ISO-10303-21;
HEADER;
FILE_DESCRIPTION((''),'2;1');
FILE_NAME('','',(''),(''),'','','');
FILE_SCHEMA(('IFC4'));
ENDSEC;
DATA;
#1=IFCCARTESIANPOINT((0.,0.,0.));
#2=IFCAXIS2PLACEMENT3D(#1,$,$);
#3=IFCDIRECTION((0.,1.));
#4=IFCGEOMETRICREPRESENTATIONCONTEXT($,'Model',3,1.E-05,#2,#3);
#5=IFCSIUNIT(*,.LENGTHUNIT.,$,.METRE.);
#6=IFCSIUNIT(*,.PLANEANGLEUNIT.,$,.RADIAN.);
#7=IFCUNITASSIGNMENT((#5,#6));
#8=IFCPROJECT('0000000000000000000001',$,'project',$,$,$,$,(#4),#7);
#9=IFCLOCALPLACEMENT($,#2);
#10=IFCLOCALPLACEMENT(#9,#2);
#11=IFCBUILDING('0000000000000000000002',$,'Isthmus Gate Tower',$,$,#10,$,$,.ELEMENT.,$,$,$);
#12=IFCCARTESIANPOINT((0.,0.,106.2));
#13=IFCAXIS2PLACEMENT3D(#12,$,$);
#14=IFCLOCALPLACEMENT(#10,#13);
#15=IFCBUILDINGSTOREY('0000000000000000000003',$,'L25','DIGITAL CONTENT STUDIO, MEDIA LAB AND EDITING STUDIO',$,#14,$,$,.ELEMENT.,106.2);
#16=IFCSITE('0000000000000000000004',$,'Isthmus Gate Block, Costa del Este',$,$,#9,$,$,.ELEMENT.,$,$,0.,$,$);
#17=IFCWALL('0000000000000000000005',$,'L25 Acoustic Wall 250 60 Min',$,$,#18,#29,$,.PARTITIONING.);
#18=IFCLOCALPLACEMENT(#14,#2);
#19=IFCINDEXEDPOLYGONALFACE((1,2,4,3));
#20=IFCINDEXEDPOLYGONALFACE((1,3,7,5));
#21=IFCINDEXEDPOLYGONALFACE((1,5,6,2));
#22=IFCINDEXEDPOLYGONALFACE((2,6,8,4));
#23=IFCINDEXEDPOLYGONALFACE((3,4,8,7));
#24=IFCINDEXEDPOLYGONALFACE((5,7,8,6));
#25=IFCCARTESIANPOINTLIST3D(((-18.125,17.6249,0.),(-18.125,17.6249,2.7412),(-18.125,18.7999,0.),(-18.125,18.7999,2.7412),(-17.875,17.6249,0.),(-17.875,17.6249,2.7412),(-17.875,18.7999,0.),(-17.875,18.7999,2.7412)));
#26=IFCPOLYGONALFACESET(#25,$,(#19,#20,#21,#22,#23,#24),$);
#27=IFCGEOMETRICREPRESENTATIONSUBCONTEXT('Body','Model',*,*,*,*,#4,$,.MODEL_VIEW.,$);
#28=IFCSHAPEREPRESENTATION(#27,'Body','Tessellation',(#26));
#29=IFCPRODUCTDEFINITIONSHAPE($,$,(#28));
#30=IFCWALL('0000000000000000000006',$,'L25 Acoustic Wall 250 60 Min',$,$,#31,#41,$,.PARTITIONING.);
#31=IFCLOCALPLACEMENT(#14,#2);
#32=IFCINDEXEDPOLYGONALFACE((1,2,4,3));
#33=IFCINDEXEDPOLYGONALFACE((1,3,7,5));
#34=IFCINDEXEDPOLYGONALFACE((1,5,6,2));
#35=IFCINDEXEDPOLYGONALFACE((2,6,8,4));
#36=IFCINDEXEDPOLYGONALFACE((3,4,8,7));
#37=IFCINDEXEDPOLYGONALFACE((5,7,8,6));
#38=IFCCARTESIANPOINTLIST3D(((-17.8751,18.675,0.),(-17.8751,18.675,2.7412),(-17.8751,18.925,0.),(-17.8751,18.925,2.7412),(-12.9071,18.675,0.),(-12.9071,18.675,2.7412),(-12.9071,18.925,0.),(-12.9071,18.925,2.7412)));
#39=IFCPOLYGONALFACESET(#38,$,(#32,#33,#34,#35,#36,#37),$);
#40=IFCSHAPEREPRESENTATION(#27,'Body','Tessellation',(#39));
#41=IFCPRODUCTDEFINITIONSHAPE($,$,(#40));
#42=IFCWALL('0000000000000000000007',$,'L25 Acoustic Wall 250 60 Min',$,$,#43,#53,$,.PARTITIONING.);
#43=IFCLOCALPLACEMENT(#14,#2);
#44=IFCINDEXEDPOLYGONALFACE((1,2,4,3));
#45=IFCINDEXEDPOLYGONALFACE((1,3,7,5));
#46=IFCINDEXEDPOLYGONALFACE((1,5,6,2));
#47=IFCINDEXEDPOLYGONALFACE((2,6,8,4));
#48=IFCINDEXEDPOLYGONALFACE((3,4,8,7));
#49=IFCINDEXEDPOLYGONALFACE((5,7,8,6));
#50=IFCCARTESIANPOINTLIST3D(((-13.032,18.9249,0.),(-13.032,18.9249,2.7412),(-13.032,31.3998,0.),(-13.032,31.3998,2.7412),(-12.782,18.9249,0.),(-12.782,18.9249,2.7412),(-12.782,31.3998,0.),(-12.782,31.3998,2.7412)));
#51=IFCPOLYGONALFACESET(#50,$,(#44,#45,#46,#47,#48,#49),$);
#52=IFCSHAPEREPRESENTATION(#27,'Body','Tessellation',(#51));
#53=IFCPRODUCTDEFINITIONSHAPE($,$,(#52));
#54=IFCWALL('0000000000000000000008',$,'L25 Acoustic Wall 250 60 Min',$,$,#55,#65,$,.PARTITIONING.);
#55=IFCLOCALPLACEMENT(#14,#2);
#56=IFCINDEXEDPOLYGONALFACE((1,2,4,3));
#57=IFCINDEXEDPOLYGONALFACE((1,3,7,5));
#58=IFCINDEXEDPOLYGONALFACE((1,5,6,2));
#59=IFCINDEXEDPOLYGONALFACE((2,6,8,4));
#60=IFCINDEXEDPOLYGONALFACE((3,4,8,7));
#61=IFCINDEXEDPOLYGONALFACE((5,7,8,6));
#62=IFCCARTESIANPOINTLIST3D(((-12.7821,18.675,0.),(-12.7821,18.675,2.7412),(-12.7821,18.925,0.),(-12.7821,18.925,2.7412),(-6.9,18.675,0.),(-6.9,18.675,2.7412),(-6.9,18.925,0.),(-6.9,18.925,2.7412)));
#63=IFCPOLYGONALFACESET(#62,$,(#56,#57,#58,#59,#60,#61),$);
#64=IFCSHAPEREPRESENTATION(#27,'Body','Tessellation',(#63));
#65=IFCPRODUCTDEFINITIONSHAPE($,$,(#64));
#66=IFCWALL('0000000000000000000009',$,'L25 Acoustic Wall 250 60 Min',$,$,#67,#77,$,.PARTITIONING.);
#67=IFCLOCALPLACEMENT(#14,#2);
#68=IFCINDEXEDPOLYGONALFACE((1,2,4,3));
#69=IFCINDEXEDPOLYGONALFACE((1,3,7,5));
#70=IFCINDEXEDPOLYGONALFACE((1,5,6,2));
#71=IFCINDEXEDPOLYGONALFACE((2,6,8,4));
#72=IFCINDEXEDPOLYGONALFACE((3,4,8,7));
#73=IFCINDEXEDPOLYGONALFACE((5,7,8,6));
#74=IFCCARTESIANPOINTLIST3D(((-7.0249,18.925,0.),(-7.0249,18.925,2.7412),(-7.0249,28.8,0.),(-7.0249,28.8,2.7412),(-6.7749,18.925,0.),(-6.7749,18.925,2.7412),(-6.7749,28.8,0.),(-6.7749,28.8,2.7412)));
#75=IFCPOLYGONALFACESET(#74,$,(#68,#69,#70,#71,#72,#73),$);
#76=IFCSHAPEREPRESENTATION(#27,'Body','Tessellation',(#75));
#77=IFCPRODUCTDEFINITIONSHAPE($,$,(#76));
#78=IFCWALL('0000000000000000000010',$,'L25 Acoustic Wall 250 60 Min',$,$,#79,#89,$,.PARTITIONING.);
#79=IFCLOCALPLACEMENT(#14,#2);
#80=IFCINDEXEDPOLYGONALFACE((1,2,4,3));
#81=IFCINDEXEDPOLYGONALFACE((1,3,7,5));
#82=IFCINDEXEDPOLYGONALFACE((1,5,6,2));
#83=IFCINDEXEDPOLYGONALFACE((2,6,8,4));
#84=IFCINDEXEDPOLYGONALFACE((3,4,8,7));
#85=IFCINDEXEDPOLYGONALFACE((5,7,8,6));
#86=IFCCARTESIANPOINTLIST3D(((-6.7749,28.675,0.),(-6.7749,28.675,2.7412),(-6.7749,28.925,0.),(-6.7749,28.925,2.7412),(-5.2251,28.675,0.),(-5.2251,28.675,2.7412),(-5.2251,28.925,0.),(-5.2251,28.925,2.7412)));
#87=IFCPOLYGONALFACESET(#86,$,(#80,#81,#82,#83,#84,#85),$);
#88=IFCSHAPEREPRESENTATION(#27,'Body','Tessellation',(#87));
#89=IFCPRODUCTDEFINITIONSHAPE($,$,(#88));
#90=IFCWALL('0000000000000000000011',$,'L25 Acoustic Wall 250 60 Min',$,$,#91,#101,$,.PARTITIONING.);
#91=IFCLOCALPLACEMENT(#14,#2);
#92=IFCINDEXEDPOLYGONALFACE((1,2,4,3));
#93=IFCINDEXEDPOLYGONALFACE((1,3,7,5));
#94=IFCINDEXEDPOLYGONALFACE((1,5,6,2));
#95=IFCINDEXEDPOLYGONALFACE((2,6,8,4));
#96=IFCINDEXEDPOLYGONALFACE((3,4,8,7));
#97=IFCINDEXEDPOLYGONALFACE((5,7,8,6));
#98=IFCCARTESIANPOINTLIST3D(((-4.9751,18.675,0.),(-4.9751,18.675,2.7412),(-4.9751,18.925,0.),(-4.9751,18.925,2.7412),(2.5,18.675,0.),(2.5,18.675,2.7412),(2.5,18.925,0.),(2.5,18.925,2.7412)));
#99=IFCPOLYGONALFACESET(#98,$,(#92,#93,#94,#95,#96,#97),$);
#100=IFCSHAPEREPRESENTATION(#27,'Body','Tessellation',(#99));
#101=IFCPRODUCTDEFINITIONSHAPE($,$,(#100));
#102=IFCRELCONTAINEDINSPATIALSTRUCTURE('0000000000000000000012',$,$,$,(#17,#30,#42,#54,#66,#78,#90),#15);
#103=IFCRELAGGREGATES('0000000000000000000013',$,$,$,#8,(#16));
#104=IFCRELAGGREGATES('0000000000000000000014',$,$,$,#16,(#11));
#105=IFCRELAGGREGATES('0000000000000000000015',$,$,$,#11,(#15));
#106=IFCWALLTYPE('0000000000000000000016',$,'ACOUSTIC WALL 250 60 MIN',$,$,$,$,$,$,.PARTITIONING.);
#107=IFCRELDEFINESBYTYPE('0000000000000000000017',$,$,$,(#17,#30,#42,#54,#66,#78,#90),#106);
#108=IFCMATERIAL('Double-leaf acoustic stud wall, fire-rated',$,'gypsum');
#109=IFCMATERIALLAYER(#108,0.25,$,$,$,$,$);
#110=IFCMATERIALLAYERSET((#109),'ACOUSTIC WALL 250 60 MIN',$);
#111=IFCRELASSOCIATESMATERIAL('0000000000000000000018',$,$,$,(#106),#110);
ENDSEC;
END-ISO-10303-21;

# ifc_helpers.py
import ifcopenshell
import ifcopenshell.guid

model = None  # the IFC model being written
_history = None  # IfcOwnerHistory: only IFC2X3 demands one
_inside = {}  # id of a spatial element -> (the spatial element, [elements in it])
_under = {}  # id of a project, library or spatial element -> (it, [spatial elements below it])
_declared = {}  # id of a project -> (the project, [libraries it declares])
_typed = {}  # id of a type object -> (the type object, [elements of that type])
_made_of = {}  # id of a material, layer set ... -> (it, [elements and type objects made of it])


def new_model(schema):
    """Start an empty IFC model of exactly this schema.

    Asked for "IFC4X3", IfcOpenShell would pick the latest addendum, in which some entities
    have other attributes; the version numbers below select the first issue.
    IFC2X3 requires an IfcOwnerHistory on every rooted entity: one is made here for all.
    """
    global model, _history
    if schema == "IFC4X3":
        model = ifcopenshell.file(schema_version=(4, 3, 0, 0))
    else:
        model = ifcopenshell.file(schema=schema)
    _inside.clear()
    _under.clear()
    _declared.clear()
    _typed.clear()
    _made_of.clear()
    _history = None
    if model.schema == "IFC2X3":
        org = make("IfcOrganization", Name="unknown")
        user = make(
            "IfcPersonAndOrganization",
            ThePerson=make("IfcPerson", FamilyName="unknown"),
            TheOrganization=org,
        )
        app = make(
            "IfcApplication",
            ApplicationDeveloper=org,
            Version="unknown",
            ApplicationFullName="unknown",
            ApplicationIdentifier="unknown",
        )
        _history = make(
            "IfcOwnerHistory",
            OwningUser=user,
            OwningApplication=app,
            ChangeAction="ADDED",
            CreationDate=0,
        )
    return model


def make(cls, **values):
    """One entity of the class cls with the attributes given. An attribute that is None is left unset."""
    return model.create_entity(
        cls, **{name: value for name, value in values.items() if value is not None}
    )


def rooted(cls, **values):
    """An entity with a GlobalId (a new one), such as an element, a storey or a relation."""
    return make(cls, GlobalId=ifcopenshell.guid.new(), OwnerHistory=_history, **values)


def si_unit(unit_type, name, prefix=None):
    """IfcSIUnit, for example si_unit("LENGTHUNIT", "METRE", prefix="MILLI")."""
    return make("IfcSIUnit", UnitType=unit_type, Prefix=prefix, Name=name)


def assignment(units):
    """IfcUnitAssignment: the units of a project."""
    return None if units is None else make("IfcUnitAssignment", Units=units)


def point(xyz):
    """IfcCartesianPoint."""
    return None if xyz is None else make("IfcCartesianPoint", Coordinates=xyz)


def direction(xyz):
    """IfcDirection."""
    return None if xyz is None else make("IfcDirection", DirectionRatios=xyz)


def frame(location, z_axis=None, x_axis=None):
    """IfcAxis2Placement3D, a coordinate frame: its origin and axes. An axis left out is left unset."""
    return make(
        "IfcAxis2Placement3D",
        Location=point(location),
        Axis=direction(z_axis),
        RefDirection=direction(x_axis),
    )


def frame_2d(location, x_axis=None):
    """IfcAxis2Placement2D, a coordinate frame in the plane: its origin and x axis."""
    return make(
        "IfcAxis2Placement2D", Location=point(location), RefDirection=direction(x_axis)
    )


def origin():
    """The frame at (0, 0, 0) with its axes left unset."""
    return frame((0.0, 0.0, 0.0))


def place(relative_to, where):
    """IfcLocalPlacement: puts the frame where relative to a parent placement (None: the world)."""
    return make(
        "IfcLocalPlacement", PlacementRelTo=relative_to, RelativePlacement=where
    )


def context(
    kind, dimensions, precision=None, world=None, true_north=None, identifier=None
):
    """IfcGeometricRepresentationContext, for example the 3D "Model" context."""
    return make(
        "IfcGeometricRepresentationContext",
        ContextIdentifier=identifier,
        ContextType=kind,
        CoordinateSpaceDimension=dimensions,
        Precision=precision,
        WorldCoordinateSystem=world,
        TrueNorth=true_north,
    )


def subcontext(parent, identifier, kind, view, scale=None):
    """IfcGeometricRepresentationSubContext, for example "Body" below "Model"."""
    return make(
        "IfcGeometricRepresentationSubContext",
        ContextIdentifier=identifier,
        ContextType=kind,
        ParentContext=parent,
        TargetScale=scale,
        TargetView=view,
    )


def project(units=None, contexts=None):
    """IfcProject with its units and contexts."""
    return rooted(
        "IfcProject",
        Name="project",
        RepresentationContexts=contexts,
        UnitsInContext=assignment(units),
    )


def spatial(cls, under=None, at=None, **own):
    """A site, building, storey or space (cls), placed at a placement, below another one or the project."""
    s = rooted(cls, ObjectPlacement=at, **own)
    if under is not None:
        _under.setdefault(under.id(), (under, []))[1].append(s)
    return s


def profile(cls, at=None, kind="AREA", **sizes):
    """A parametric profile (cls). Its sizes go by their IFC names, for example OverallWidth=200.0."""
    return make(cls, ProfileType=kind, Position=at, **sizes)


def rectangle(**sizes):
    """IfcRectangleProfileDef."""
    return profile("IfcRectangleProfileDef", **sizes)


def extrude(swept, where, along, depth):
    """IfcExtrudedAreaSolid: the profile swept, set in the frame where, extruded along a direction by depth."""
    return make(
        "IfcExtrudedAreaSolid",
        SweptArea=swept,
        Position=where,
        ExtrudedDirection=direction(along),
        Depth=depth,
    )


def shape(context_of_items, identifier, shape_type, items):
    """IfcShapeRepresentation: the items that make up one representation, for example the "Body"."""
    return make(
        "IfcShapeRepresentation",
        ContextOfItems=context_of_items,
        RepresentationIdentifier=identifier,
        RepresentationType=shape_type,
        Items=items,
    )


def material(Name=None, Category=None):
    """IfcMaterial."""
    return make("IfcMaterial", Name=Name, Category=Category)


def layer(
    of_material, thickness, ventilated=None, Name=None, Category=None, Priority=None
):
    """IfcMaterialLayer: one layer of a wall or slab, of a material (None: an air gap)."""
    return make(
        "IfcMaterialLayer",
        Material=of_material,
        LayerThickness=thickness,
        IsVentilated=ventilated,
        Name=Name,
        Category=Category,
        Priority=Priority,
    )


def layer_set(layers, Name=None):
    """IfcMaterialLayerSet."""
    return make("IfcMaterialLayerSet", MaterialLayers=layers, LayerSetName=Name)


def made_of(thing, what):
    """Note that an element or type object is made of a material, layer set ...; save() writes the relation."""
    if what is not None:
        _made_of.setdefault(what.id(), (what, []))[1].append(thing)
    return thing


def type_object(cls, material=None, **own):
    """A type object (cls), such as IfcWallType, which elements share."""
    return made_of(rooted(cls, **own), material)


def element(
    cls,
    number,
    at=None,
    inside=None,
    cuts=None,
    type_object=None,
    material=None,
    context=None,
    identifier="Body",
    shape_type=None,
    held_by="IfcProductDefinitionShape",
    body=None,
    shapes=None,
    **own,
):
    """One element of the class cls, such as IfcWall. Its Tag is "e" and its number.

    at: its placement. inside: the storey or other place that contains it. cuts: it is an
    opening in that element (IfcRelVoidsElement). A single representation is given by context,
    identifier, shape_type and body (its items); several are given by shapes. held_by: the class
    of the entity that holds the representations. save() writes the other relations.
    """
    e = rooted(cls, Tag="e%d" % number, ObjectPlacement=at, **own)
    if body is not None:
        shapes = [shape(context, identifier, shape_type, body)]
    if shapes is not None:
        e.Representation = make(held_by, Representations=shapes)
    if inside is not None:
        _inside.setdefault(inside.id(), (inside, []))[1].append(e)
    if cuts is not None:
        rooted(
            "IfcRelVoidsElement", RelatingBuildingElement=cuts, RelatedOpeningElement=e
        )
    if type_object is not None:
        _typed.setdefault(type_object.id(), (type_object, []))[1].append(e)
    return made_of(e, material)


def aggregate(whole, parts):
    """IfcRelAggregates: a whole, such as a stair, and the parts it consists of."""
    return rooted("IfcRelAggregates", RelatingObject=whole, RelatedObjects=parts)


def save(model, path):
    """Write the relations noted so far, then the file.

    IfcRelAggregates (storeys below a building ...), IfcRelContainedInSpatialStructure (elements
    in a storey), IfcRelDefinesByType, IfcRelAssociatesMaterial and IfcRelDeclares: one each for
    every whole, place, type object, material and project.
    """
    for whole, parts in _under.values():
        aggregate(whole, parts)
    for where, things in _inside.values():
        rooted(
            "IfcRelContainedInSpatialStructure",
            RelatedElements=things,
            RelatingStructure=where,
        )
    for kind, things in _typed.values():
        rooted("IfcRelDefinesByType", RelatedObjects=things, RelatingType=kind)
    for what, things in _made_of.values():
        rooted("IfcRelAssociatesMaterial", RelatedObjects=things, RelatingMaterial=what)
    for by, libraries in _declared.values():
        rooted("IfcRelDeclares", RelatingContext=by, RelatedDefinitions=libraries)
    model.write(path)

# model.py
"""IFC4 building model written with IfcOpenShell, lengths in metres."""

from ifc_helpers import new_model, si_unit, direction, frame, frame_2d, origin, place, context, subcontext, project, spatial, rectangle, extrude, material, layer, layer_set, type_object, element, save


model = new_model("IFC4")

# Units and contexts
model_context = context("Model", 3, precision=1e-05, world=origin(), true_north=direction((0.0, 1.0)))
body_context = subcontext(model_context, "Body", "Model", "MODEL_VIEW")
ifc_project = project(units=[si_unit("LENGTHUNIT", "METRE"), si_unit("PLANEANGLEUNIT", "RADIAN")], contexts=[model_context])

# Site, building, storey
site_placement = place(None, origin())
site = spatial("IfcSite", under=ifc_project, at=site_placement, Name="Isthmus Gate Block, Costa del Este", CompositionType="ELEMENT", RefElevation=0.0)
building_placement = place(site_placement, origin())
building = spatial("IfcBuilding", under=site, at=building_placement, Name="Isthmus Gate Tower", CompositionType="ELEMENT")
storey_placement = place(building_placement, frame((0.0, 0.0, 106.2)))
storey = spatial("IfcBuildingStorey", under=building, at=storey_placement, Name="L25", Description="DIGITAL CONTENT STUDIO, MEDIA LAB AND EDITING STUDIO", CompositionType="ELEMENT", Elevation=106.2)

# Shared definitions
ifc_material_1 = material(Name="Double-leaf acoustic stud wall, fire-rated", Category="gypsum")
ifc_layer_1 = layer(ifc_material_1, 0.25)
ifc_layer_set_1 = layer_set([ifc_layer_1], Name="ACOUSTIC WALL 250 60 MIN")
wall_type = type_object("IfcWallType", Name="ACOUSTIC WALL 250 60 MIN", PredefinedType="PARTITIONING", material=ifc_layer_set_1)

# Walls
wall_1_placement = place(storey_placement, frame((-18.0, 17.625, 0.0), z_axis=(0.0, 0.0, 1.0), x_axis=(0.0, 1.0, 0.0)))
element("IfcWall", 1, at=wall_1_placement, inside=storey, type_object=wall_type, Name="L25 Acoustic Wall 250 60 Min", PredefinedType="PARTITIONING", context=body_context, shape_type="SweptSolid", body=[
    extrude(rectangle(XDim=1.175, YDim=0.25, at=frame_2d((0.5874, 0.0))), origin(), (0.0, 0.0, 1.0), 2.7412),
])
wall_2_placement = place(storey_placement, frame((-17.875, 18.8, 0.0), z_axis=(0.0, 0.0, 1.0), x_axis=(1.0, 0.0, 0.0)))
element("IfcWall", 2, at=wall_2_placement, inside=storey, type_object=wall_type, Name="L25 Acoustic Wall 250 60 Min", PredefinedType="PARTITIONING", context=body_context, shape_type="SweptSolid", body=[
    extrude(rectangle(XDim=4.968, YDim=0.25, at=frame_2d((2.4839, 0.0))), origin(), (0.0, 0.0, 1.0), 2.7412),
])
wall_3_placement = place(storey_placement, frame((-12.907, 18.925, 0.0), z_axis=(0.0, 0.0, 1.0), x_axis=(0.0, 1.0, 0.0)))
element("IfcWall", 3, at=wall_3_placement, inside=storey, type_object=wall_type, Name="L25 Acoustic Wall 250 60 Min", PredefinedType="PARTITIONING", context=body_context, shape_type="SweptSolid", body=[
    extrude(rectangle(XDim=12.4749, YDim=0.25, at=frame_2d((6.2373, 0.0))), origin(), (0.0, 0.0, 1.0), 2.7412),
])
wall_4_placement = place(storey_placement, frame((-12.782, 18.8, 0.0), z_axis=(0.0, 0.0, 1.0), x_axis=(1.0, 0.0, 0.0)))
element("IfcWall", 4, at=wall_4_placement, inside=storey, type_object=wall_type, Name="L25 Acoustic Wall 250 60 Min", PredefinedType="PARTITIONING", context=body_context, shape_type="SweptSolid", body=[
    extrude(rectangle(XDim=5.8821, YDim=0.25, at=frame_2d((2.9409, 0.0))), origin(), (0.0, 0.0, 1.0), 2.7412),
])
wall_5_placement = place(storey_placement, frame((-6.8999, 18.925, 0.0), z_axis=(0.0, 0.0, 1.0), x_axis=(0.0, 1.0, 0.0)))
element("IfcWall", 5, at=wall_5_placement, inside=storey, type_object=wall_type, Name="L25 Acoustic Wall 250 60 Min", PredefinedType="PARTITIONING", context=body_context, shape_type="SweptSolid", body=[
    extrude(rectangle(XDim=9.875, YDim=0.25, at=frame_2d((4.9375, 0.0))), origin(), (0.0, 0.0, 1.0), 2.7412),
])
wall_6_placement = place(storey_placement, frame((-6.7749, 28.8, 0.0), z_axis=(0.0, 0.0, 1.0), x_axis=(1.0, 0.0, 0.0)))
element("IfcWall", 6, at=wall_6_placement, inside=storey, type_object=wall_type, Name="L25 Acoustic Wall 250 60 Min", PredefinedType="PARTITIONING", context=body_context, shape_type="SweptSolid", body=[
    extrude(rectangle(XDim=1.5498, YDim=0.25, at=frame_2d((0.7749, 0.0))), origin(), (0.0, 0.0, 1.0), 2.7412),
])
wall_7_placement = place(storey_placement, frame((-4.9751, 18.8, 0.0), z_axis=(0.0, 0.0, 1.0), x_axis=(1.0, 0.0, 0.0)))
element("IfcWall", 7, at=wall_7_placement, inside=storey, type_object=wall_type, Name="L25 Acoustic Wall 250 60 Min", PredefinedType="PARTITIONING", context=body_context, shape_type="SweptSolid", body=[
    extrude(rectangle(XDim=7.4751, YDim=0.25, at=frame_2d((3.7375, 0.0))), origin(), (0.0, 0.0, 1.0), 2.7412),
])

save(model, "model.ifc")
